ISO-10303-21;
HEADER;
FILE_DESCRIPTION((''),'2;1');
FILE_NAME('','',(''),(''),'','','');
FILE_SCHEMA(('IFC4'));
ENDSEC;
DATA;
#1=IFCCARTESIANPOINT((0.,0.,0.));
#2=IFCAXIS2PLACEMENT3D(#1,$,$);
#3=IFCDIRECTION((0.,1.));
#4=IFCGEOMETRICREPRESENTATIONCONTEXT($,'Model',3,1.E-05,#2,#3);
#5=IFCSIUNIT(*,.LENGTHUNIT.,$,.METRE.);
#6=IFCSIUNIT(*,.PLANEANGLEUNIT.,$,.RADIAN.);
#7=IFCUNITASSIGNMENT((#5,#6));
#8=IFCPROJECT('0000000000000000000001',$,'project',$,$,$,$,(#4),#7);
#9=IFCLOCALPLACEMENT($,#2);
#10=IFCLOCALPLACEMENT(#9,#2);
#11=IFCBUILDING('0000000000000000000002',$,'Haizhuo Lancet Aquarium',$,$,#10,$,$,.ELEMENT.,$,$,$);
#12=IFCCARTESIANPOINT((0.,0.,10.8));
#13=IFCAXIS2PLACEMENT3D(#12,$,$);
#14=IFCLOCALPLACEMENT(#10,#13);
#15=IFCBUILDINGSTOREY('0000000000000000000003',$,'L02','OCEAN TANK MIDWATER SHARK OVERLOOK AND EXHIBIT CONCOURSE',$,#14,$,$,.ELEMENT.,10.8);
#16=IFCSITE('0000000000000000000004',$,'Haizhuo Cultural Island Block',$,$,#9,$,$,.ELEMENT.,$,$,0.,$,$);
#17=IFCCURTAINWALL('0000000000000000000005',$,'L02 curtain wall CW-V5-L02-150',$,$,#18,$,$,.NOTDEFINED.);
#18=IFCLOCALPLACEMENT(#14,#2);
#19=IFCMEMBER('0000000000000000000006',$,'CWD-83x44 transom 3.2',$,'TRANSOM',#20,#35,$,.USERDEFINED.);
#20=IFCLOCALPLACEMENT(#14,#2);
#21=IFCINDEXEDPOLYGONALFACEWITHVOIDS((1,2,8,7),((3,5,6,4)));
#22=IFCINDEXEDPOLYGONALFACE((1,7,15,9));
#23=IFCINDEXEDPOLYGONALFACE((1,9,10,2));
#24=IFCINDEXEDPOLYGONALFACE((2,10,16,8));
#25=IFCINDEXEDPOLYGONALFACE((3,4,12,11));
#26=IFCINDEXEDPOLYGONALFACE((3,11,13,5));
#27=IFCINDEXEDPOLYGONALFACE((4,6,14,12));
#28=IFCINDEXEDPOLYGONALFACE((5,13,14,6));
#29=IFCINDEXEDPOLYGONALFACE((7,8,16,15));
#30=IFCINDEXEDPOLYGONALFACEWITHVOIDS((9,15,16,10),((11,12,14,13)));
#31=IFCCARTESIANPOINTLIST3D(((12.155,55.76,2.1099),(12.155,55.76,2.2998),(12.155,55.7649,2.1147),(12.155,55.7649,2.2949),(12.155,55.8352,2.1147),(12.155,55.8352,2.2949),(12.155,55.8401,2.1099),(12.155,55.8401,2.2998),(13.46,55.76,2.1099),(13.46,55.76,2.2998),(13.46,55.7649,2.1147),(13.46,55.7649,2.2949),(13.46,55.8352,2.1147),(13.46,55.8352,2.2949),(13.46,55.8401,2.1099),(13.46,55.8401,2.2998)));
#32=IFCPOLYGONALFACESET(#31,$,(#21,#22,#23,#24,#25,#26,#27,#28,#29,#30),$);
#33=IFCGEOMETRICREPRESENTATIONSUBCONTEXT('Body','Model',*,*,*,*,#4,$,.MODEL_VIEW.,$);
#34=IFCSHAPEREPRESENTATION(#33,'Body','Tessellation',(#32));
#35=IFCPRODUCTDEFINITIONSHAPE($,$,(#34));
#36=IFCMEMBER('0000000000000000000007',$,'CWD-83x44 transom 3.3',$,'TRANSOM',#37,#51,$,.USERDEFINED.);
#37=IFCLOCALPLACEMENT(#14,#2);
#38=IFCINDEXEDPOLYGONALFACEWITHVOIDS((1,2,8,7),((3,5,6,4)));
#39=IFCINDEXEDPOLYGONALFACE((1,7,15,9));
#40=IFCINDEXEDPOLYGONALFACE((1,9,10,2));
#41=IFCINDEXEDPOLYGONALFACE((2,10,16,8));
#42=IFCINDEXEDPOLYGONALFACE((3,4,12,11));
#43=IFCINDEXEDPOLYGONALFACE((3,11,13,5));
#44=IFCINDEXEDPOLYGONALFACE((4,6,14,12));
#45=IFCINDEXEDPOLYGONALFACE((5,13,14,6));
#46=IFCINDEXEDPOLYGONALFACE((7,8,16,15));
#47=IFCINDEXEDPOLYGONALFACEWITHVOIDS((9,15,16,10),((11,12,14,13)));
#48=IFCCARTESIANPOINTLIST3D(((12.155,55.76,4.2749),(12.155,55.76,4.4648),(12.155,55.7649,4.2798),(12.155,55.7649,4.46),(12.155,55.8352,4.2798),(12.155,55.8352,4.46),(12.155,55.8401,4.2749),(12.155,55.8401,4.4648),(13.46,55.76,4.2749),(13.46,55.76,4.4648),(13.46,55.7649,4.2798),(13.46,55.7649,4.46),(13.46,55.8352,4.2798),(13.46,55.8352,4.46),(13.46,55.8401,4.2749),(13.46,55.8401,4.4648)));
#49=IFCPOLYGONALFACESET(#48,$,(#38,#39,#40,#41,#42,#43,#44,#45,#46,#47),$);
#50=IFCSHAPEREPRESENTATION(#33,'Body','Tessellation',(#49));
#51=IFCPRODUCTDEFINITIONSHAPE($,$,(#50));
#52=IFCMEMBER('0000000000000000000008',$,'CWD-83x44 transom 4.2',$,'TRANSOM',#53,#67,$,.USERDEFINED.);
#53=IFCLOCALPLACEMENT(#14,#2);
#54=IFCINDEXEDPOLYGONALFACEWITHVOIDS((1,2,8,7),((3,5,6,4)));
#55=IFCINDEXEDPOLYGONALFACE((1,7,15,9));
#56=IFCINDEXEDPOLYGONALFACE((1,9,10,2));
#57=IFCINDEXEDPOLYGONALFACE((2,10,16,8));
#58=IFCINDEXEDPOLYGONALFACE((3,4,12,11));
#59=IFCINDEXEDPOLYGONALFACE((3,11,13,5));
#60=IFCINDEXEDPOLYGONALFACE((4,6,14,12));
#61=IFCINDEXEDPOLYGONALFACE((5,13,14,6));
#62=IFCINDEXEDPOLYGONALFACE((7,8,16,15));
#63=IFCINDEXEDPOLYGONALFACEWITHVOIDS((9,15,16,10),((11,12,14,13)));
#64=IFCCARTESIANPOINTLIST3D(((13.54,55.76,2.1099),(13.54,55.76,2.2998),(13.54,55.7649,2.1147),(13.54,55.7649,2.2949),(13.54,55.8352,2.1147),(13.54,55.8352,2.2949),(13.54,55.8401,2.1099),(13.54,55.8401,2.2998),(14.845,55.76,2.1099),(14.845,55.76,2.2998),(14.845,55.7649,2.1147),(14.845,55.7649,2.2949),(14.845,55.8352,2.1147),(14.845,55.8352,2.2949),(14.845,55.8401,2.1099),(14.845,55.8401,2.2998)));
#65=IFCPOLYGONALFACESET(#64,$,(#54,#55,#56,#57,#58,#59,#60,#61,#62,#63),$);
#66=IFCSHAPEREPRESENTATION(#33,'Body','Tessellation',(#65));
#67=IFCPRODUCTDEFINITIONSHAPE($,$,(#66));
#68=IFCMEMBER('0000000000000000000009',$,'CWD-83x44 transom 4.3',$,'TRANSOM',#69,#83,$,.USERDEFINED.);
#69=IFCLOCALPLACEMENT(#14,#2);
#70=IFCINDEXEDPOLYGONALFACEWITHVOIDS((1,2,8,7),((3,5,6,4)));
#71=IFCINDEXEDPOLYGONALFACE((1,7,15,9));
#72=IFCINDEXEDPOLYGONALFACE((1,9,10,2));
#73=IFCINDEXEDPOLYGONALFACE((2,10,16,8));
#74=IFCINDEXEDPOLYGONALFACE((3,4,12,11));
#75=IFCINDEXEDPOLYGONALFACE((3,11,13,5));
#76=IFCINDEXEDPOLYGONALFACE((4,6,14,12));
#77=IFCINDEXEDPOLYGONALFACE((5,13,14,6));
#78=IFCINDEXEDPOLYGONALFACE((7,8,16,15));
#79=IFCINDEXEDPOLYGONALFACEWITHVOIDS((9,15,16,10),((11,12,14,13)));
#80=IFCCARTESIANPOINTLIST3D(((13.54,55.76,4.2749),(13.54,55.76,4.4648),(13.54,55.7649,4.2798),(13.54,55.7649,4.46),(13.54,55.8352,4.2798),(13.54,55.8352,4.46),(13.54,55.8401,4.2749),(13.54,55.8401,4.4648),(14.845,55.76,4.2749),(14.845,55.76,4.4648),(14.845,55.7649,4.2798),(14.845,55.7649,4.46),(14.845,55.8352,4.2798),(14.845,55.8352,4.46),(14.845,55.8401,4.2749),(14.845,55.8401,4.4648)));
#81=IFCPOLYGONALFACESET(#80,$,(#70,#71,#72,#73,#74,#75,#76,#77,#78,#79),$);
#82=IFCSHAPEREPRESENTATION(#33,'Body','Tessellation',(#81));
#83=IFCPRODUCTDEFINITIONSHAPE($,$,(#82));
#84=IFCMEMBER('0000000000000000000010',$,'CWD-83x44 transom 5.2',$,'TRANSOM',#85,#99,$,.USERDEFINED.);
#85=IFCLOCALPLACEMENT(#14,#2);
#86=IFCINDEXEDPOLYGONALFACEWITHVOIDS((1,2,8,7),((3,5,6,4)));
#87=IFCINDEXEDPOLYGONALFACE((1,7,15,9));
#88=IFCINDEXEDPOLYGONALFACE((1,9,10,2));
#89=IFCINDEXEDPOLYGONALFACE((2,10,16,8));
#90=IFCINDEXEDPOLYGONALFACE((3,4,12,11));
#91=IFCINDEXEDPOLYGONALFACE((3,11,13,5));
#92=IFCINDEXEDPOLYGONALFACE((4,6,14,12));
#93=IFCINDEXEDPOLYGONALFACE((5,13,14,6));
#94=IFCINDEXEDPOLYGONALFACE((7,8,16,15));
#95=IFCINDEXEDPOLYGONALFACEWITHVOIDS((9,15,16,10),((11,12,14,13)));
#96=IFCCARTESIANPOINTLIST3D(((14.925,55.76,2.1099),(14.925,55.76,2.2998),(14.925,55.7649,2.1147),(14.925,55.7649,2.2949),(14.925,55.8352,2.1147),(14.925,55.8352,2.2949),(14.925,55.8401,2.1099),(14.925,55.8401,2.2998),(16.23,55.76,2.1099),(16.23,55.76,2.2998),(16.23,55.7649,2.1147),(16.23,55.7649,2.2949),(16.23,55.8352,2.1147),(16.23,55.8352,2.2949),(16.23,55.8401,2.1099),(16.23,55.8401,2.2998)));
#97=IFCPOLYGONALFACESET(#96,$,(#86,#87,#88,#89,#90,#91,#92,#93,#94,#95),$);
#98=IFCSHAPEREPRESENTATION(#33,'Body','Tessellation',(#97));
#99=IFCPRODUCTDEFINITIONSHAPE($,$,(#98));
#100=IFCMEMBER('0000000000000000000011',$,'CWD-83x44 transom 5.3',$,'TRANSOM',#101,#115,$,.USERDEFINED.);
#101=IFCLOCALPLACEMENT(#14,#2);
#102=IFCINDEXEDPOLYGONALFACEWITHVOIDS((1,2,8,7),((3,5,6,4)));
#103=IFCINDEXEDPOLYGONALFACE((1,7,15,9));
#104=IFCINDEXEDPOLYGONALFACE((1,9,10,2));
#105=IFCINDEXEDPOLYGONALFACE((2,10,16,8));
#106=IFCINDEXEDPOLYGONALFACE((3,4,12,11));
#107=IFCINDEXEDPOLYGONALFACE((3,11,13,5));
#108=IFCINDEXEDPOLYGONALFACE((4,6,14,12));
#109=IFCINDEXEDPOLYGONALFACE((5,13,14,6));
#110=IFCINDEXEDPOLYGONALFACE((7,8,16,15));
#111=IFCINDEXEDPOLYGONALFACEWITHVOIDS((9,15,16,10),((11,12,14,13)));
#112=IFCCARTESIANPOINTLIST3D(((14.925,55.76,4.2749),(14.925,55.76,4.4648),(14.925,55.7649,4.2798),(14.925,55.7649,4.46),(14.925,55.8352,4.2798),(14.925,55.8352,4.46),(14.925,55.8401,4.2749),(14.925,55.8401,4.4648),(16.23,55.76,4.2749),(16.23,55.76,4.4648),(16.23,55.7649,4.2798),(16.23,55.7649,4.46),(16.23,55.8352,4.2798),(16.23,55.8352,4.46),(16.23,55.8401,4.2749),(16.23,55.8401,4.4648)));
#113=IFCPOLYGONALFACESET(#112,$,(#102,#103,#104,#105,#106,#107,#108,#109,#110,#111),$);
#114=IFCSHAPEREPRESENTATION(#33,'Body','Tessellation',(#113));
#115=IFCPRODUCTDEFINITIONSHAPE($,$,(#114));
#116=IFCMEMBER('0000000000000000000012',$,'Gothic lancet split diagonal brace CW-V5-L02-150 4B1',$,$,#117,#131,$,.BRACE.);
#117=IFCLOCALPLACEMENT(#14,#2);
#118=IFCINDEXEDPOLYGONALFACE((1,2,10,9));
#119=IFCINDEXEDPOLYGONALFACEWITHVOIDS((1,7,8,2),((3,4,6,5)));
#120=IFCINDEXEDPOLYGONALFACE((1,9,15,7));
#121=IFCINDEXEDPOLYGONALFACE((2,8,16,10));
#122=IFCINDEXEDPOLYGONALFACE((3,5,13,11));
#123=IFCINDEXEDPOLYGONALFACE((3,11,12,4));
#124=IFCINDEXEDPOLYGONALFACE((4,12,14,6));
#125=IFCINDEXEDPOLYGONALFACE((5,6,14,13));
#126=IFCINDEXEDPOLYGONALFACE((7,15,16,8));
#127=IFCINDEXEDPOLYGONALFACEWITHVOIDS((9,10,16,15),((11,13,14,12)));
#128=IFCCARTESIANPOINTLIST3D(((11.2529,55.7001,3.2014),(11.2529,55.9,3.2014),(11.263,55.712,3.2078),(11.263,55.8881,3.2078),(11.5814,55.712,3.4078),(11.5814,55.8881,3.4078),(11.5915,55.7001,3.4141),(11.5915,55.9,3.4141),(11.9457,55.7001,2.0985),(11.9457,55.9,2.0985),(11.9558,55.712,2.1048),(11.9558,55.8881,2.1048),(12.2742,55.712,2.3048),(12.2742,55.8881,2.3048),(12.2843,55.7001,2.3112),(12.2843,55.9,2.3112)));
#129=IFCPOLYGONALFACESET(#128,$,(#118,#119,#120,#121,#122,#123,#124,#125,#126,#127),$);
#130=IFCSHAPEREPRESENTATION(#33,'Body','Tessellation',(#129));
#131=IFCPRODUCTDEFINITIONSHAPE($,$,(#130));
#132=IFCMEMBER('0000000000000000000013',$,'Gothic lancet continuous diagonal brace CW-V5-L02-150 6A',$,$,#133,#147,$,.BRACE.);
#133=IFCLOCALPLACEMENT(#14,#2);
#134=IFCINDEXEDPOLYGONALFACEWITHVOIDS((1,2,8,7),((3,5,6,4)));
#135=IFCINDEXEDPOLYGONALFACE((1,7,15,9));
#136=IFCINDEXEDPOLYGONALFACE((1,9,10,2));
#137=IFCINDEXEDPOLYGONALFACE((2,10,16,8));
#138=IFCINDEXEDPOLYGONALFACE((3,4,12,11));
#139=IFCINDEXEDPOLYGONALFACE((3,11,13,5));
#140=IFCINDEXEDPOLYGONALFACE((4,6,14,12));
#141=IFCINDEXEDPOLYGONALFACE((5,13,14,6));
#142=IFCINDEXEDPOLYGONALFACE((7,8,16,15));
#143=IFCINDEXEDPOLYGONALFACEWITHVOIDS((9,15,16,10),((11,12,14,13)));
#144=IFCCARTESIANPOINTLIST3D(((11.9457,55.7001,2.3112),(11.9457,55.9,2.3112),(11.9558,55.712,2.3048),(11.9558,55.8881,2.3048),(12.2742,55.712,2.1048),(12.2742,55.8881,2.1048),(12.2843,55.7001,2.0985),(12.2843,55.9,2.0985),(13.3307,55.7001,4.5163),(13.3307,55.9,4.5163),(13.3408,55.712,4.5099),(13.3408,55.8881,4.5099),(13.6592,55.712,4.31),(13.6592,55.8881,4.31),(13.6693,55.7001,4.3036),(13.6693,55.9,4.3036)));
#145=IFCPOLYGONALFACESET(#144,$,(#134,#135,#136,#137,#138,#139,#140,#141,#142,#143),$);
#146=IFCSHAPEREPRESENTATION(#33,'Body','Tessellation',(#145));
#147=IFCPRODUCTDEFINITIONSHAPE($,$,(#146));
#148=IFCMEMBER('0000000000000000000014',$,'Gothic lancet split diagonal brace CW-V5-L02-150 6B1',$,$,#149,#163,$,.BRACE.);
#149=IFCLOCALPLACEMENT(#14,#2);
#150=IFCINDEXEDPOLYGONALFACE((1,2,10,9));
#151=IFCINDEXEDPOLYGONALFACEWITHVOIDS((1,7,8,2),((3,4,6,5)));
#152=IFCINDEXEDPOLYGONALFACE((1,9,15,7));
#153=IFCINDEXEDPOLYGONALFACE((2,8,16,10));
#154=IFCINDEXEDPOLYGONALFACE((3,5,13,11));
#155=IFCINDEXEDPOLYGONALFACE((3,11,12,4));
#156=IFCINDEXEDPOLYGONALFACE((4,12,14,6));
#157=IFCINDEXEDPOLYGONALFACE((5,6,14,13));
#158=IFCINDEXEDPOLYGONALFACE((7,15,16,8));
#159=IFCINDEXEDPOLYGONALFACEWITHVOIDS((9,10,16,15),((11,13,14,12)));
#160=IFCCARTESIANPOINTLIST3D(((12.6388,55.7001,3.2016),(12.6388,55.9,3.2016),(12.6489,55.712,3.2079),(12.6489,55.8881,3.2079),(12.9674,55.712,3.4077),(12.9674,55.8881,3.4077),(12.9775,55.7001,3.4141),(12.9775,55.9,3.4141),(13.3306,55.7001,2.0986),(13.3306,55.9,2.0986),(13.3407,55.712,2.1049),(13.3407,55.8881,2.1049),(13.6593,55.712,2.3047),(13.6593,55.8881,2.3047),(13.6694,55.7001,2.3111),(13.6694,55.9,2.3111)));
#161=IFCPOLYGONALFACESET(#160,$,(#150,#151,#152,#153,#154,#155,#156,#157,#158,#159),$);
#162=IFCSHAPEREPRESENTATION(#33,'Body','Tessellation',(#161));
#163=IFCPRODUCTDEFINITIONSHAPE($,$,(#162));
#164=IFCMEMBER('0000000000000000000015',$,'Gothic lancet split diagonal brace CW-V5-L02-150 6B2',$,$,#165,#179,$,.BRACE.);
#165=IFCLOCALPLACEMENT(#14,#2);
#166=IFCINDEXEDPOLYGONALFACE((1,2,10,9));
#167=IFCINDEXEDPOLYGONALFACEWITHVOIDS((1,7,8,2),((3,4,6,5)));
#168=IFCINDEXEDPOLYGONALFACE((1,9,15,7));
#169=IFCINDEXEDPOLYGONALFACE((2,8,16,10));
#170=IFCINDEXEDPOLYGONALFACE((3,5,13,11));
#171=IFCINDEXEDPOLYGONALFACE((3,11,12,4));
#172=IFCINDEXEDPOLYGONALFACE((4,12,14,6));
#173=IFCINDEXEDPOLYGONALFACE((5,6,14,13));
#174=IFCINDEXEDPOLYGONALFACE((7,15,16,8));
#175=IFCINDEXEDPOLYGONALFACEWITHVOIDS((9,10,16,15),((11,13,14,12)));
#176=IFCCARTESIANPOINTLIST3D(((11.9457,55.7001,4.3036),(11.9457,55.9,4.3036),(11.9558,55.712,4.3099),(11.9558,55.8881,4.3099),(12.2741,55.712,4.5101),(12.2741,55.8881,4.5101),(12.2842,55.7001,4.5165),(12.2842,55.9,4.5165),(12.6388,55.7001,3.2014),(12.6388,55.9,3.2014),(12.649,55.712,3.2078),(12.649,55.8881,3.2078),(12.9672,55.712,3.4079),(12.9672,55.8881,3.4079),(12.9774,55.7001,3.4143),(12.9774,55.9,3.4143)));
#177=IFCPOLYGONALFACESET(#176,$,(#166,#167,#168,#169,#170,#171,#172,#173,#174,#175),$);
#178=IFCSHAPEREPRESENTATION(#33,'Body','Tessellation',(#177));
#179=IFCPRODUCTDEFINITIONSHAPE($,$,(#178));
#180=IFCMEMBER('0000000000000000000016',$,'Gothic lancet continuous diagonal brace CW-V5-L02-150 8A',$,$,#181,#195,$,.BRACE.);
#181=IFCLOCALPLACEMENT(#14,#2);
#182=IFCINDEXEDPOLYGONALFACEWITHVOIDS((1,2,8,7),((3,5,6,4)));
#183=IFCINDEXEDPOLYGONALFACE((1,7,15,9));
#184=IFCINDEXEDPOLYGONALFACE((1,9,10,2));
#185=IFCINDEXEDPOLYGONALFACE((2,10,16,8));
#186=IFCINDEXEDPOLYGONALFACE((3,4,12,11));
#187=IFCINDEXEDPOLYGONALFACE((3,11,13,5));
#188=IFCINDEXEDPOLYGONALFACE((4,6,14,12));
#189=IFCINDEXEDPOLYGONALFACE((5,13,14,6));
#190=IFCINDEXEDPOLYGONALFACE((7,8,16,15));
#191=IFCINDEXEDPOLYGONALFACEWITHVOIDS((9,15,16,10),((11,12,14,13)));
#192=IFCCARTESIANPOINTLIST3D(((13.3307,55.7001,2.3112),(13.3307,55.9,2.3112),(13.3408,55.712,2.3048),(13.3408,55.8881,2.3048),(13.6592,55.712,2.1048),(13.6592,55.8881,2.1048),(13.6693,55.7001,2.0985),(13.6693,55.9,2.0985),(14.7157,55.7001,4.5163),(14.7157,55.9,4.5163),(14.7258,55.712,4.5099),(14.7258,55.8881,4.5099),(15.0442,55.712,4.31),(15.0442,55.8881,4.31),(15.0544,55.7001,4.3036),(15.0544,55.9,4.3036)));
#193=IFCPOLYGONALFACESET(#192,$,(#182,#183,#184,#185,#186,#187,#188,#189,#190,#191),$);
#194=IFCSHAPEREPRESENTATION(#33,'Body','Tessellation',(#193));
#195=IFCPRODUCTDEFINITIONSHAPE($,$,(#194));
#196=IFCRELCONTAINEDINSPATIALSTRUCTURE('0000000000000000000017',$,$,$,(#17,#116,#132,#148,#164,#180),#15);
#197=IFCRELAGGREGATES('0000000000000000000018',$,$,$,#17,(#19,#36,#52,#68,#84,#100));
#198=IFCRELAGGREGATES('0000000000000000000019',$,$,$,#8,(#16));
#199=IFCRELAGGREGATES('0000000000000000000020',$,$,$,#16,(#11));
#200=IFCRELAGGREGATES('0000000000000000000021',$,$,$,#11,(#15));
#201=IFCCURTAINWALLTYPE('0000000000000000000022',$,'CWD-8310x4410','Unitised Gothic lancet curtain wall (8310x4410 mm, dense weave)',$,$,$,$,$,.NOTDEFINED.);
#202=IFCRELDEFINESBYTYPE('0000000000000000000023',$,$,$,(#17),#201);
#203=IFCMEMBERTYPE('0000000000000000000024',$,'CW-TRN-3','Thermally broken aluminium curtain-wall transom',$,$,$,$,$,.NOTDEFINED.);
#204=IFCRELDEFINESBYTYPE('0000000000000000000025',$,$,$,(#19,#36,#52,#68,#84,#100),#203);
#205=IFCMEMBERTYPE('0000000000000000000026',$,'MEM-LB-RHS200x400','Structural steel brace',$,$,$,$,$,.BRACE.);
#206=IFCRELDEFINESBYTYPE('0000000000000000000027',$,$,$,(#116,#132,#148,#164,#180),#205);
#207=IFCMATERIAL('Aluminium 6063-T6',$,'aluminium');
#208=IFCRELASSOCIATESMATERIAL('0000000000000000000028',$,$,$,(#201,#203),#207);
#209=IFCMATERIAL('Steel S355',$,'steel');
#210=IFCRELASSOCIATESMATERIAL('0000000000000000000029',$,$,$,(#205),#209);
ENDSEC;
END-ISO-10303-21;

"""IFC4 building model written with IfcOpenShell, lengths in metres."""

from ifc_helpers import new_model, si_unit, direction, frame, origin, origin_2d, place, context, subcontext, project, spatial, hollow_rectangle, extrude, material, material_profile, profile_set, type_object, element, aggregate, save


model = new_model("IFC4")

# Units and contexts
model_context = context("Model", 3, precision=1e-05, world=origin(), true_north=direction((0.0, 1.0)))
body_context = subcontext(model_context, "Body", "Model", "MODEL_VIEW")
ifc_project = project(units=[si_unit("LENGTHUNIT", "METRE"), si_unit("PLANEANGLEUNIT", "RADIAN")], contexts=[model_context])

# Site, building, storey
site_placement = place(None, origin())
site = spatial("IfcSite", under=ifc_project, at=site_placement, Name="Haizhuo Cultural Island Block", CompositionType="ELEMENT", RefElevation=0.0)
building_placement = place(site_placement, origin())
building = spatial("IfcBuilding", under=site, at=building_placement, Name="Haizhuo Lancet Aquarium", CompositionType="ELEMENT")
storey_placement = place(building_placement, frame((0.0, 0.0, 10.8)))
storey = spatial("IfcBuildingStorey", under=building, at=storey_placement, Name="L02", Description="OCEAN TANK MIDWATER SHARK OVERLOOK AND EXHIBIT CONCOURSE", CompositionType="ELEMENT", Elevation=10.8)

# Curtain wall, members
ifc_material_1 = material(Name="Aluminium 6063-T6", Category="aluminium")
curtain_wall_type = type_object("IfcCurtainWallType", Name="CWD-8310x4410", Description="Unitised Gothic lancet curtain wall (8310x4410 mm, dense weave)", PredefinedType="NOTDEFINED", material=ifc_material_1)
curtain_wall_placement = place(storey_placement, origin())
curtain_wall = element("IfcCurtainWall", 1, at=curtain_wall_placement, inside=storey, type_object=curtain_wall_type, Name="L02 curtain wall CW-V5-L02-150", PredefinedType="NOTDEFINED")
ifc_material_profile_1 = material_profile(ifc_material_1, hollow_rectangle(XDim=0.0801, YDim=0.1899, WallThickness=0.0049, at=origin_2d()), Name="ALU-T 80x190x5")
ifc_profile_set_1 = profile_set([ifc_material_profile_1], Name="Aluminium 6063-T6")
member_type_1 = type_object("IfcMemberType", Name="CW-TRN-3", Description="Thermally broken aluminium curtain-wall transom", PredefinedType="NOTDEFINED", material=ifc_profile_set_1)
member_1_placement = place(storey_placement, frame((12.155, 55.8, 2.2048), z_axis=(1.0, 0.0, 0.0), x_axis=(0.0, 1.0, 0.0)))
member_1 = element("IfcMember", 2, at=member_1_placement, type_object=member_type_1, Name="CWD-83x44 transom 3.2", ObjectType="TRANSOM", PredefinedType="USERDEFINED", context=body_context, shape_type="SweptSolid", body=[
    extrude(hollow_rectangle(XDim=0.0801, YDim=0.1899, WallThickness=0.0049, at=origin_2d()), origin(), (0.0, 0.0, 1.0), 1.3049),
])
member_2_placement = place(storey_placement, frame((12.155, 55.8, 4.3699), z_axis=(1.0, 0.0, 0.0), x_axis=(0.0, 1.0, 0.0)))
member_2 = element("IfcMember", 3, at=member_2_placement, type_object=member_type_1, Name="CWD-83x44 transom 3.3", ObjectType="TRANSOM", PredefinedType="USERDEFINED", context=body_context, shape_type="SweptSolid", body=[
    extrude(hollow_rectangle(XDim=0.0801, YDim=0.1899, WallThickness=0.0049, at=origin_2d()), origin(), (0.0, 0.0, 1.0), 1.3049),
])
member_3_placement = place(storey_placement, frame((13.54, 55.8, 2.2048), z_axis=(1.0, 0.0, 0.0), x_axis=(0.0, 1.0, 0.0)))
member_3 = element("IfcMember", 4, at=member_3_placement, type_object=member_type_1, Name="CWD-83x44 transom 4.2", ObjectType="TRANSOM", PredefinedType="USERDEFINED", context=body_context, shape_type="SweptSolid", body=[
    extrude(hollow_rectangle(XDim=0.0801, YDim=0.1899, WallThickness=0.0049, at=origin_2d()), origin(), (0.0, 0.0, 1.0), 1.3049),
])
member_4_placement = place(storey_placement, frame((13.54, 55.8, 4.3699), z_axis=(1.0, 0.0, 0.0), x_axis=(0.0, 1.0, 0.0)))
member_4 = element("IfcMember", 5, at=member_4_placement, type_object=member_type_1, Name="CWD-83x44 transom 4.3", ObjectType="TRANSOM", PredefinedType="USERDEFINED", context=body_context, shape_type="SweptSolid", body=[
    extrude(hollow_rectangle(XDim=0.0801, YDim=0.1899, WallThickness=0.0049, at=origin_2d()), origin(), (0.0, 0.0, 1.0), 1.3049),
])
member_5_placement = place(storey_placement, frame((14.925, 55.8, 2.2048), z_axis=(1.0, 0.0, 0.0), x_axis=(0.0, 1.0, 0.0)))
member_5 = element("IfcMember", 6, at=member_5_placement, type_object=member_type_1, Name="CWD-83x44 transom 5.2", ObjectType="TRANSOM", PredefinedType="USERDEFINED", context=body_context, shape_type="SweptSolid", body=[
    extrude(hollow_rectangle(XDim=0.0801, YDim=0.1899, WallThickness=0.0049, at=origin_2d()), origin(), (0.0, 0.0, 1.0), 1.3049),
])
member_6_placement = place(storey_placement, frame((14.925, 55.8, 4.3699), z_axis=(1.0, 0.0, 0.0), x_axis=(0.0, 1.0, 0.0)))
member_6 = element("IfcMember", 7, at=member_6_placement, type_object=member_type_1, Name="CWD-83x44 transom 5.3", ObjectType="TRANSOM", PredefinedType="USERDEFINED", context=body_context, shape_type="SweptSolid", body=[
    extrude(hollow_rectangle(XDim=0.0801, YDim=0.1899, WallThickness=0.0049, at=origin_2d()), origin(), (0.0, 0.0, 1.0), 1.3049),
])

# Members
ifc_material_2 = material(Name="Steel S355", Category="steel")
ifc_material_profile_2 = material_profile(ifc_material_2, hollow_rectangle(XDim=0.2, YDim=0.3999, WallThickness=0.012, at=origin_2d()), Name="RHS 200x400x12")
ifc_profile_set_2 = profile_set([ifc_material_profile_2], Name="Steel S355")
member_type_2 = type_object("IfcMemberType", Name="MEM-LB-RHS200x400", Description="Structural steel brace", PredefinedType="BRACE", material=ifc_profile_set_2)
member_7_placement = place(storey_placement, frame((12.115, 55.8, 2.2048), z_axis=(-0.531918, 0.0, 0.846796), x_axis=(0.0, -1.0, 0.0)))
element("IfcMember", 8, at=member_7_placement, inside=storey, type_object=member_type_2, Name="Gothic lancet split diagonal brace CW-V5-L02-150 4B1", PredefinedType="BRACE", context=body_context, shape_type="SweptSolid", body=[
    extrude(hollow_rectangle(XDim=0.2, YDim=0.3999, WallThickness=0.012, at=origin_2d()), origin(), (0.0, 0.0, 1.0), 1.3025),
])
member_8_placement = place(storey_placement, frame((12.115, 55.8, 2.2048), z_axis=(0.531885, 0.0, 0.846816), x_axis=(0.0, 1.0, 0.0)))
element("IfcMember", 9, at=member_8_placement, inside=storey, type_object=member_type_2, Name="Gothic lancet continuous diagonal brace CW-V5-L02-150 6A", PredefinedType="BRACE", context=body_context, shape_type="SweptSolid", body=[
    extrude(hollow_rectangle(XDim=0.2, YDim=0.3999, WallThickness=0.012, at=origin_2d()), origin(), (0.0, 0.0, 1.0), 2.604),
])
for number, where, z_axis, x_axis, name in (
    (10, (13.5, 55.8, 2.2048), (-0.53138, 0.0, 0.847133), (0.0, -1.0, 0.0), "Gothic lancet split diagonal brace CW-V5-L02-150 6B1"),
    (11, (12.8081, 55.8, 3.3079), (-0.53239, 0.0, 0.846499), (0.0, -1.0, 0.0), "Gothic lancet split diagonal brace CW-V5-L02-150 6B2"),
):
    element("IfcMember", number, at=place(storey_placement, frame(where, z_axis=z_axis, x_axis=x_axis)), inside=storey, type_object=member_type_2, Name=name, PredefinedType="BRACE", context=body_context, shape_type="SweptSolid", body=[
        extrude(hollow_rectangle(XDim=0.2, YDim=0.3999, WallThickness=0.012, at=origin_2d()), origin(), (0.0, 0.0, 1.0), 1.302),
    ])
member_9_placement = place(storey_placement, frame((13.5, 55.8, 2.2048), z_axis=(0.531885, 0.0, 0.846816), x_axis=(0.0, 1.0, 0.0)))
element("IfcMember", 12, at=member_9_placement, inside=storey, type_object=member_type_2, Name="Gothic lancet continuous diagonal brace CW-V5-L02-150 8A", PredefinedType="BRACE", context=body_context, shape_type="SweptSolid", body=[
    extrude(hollow_rectangle(XDim=0.2, YDim=0.3999, WallThickness=0.012, at=origin_2d()), origin(), (0.0, 0.0, 1.0), 2.604),
])

aggregate(curtain_wall, [member_1, member_2, member_3, member_4, member_5, member_6])

save(model, "model.ifc")
